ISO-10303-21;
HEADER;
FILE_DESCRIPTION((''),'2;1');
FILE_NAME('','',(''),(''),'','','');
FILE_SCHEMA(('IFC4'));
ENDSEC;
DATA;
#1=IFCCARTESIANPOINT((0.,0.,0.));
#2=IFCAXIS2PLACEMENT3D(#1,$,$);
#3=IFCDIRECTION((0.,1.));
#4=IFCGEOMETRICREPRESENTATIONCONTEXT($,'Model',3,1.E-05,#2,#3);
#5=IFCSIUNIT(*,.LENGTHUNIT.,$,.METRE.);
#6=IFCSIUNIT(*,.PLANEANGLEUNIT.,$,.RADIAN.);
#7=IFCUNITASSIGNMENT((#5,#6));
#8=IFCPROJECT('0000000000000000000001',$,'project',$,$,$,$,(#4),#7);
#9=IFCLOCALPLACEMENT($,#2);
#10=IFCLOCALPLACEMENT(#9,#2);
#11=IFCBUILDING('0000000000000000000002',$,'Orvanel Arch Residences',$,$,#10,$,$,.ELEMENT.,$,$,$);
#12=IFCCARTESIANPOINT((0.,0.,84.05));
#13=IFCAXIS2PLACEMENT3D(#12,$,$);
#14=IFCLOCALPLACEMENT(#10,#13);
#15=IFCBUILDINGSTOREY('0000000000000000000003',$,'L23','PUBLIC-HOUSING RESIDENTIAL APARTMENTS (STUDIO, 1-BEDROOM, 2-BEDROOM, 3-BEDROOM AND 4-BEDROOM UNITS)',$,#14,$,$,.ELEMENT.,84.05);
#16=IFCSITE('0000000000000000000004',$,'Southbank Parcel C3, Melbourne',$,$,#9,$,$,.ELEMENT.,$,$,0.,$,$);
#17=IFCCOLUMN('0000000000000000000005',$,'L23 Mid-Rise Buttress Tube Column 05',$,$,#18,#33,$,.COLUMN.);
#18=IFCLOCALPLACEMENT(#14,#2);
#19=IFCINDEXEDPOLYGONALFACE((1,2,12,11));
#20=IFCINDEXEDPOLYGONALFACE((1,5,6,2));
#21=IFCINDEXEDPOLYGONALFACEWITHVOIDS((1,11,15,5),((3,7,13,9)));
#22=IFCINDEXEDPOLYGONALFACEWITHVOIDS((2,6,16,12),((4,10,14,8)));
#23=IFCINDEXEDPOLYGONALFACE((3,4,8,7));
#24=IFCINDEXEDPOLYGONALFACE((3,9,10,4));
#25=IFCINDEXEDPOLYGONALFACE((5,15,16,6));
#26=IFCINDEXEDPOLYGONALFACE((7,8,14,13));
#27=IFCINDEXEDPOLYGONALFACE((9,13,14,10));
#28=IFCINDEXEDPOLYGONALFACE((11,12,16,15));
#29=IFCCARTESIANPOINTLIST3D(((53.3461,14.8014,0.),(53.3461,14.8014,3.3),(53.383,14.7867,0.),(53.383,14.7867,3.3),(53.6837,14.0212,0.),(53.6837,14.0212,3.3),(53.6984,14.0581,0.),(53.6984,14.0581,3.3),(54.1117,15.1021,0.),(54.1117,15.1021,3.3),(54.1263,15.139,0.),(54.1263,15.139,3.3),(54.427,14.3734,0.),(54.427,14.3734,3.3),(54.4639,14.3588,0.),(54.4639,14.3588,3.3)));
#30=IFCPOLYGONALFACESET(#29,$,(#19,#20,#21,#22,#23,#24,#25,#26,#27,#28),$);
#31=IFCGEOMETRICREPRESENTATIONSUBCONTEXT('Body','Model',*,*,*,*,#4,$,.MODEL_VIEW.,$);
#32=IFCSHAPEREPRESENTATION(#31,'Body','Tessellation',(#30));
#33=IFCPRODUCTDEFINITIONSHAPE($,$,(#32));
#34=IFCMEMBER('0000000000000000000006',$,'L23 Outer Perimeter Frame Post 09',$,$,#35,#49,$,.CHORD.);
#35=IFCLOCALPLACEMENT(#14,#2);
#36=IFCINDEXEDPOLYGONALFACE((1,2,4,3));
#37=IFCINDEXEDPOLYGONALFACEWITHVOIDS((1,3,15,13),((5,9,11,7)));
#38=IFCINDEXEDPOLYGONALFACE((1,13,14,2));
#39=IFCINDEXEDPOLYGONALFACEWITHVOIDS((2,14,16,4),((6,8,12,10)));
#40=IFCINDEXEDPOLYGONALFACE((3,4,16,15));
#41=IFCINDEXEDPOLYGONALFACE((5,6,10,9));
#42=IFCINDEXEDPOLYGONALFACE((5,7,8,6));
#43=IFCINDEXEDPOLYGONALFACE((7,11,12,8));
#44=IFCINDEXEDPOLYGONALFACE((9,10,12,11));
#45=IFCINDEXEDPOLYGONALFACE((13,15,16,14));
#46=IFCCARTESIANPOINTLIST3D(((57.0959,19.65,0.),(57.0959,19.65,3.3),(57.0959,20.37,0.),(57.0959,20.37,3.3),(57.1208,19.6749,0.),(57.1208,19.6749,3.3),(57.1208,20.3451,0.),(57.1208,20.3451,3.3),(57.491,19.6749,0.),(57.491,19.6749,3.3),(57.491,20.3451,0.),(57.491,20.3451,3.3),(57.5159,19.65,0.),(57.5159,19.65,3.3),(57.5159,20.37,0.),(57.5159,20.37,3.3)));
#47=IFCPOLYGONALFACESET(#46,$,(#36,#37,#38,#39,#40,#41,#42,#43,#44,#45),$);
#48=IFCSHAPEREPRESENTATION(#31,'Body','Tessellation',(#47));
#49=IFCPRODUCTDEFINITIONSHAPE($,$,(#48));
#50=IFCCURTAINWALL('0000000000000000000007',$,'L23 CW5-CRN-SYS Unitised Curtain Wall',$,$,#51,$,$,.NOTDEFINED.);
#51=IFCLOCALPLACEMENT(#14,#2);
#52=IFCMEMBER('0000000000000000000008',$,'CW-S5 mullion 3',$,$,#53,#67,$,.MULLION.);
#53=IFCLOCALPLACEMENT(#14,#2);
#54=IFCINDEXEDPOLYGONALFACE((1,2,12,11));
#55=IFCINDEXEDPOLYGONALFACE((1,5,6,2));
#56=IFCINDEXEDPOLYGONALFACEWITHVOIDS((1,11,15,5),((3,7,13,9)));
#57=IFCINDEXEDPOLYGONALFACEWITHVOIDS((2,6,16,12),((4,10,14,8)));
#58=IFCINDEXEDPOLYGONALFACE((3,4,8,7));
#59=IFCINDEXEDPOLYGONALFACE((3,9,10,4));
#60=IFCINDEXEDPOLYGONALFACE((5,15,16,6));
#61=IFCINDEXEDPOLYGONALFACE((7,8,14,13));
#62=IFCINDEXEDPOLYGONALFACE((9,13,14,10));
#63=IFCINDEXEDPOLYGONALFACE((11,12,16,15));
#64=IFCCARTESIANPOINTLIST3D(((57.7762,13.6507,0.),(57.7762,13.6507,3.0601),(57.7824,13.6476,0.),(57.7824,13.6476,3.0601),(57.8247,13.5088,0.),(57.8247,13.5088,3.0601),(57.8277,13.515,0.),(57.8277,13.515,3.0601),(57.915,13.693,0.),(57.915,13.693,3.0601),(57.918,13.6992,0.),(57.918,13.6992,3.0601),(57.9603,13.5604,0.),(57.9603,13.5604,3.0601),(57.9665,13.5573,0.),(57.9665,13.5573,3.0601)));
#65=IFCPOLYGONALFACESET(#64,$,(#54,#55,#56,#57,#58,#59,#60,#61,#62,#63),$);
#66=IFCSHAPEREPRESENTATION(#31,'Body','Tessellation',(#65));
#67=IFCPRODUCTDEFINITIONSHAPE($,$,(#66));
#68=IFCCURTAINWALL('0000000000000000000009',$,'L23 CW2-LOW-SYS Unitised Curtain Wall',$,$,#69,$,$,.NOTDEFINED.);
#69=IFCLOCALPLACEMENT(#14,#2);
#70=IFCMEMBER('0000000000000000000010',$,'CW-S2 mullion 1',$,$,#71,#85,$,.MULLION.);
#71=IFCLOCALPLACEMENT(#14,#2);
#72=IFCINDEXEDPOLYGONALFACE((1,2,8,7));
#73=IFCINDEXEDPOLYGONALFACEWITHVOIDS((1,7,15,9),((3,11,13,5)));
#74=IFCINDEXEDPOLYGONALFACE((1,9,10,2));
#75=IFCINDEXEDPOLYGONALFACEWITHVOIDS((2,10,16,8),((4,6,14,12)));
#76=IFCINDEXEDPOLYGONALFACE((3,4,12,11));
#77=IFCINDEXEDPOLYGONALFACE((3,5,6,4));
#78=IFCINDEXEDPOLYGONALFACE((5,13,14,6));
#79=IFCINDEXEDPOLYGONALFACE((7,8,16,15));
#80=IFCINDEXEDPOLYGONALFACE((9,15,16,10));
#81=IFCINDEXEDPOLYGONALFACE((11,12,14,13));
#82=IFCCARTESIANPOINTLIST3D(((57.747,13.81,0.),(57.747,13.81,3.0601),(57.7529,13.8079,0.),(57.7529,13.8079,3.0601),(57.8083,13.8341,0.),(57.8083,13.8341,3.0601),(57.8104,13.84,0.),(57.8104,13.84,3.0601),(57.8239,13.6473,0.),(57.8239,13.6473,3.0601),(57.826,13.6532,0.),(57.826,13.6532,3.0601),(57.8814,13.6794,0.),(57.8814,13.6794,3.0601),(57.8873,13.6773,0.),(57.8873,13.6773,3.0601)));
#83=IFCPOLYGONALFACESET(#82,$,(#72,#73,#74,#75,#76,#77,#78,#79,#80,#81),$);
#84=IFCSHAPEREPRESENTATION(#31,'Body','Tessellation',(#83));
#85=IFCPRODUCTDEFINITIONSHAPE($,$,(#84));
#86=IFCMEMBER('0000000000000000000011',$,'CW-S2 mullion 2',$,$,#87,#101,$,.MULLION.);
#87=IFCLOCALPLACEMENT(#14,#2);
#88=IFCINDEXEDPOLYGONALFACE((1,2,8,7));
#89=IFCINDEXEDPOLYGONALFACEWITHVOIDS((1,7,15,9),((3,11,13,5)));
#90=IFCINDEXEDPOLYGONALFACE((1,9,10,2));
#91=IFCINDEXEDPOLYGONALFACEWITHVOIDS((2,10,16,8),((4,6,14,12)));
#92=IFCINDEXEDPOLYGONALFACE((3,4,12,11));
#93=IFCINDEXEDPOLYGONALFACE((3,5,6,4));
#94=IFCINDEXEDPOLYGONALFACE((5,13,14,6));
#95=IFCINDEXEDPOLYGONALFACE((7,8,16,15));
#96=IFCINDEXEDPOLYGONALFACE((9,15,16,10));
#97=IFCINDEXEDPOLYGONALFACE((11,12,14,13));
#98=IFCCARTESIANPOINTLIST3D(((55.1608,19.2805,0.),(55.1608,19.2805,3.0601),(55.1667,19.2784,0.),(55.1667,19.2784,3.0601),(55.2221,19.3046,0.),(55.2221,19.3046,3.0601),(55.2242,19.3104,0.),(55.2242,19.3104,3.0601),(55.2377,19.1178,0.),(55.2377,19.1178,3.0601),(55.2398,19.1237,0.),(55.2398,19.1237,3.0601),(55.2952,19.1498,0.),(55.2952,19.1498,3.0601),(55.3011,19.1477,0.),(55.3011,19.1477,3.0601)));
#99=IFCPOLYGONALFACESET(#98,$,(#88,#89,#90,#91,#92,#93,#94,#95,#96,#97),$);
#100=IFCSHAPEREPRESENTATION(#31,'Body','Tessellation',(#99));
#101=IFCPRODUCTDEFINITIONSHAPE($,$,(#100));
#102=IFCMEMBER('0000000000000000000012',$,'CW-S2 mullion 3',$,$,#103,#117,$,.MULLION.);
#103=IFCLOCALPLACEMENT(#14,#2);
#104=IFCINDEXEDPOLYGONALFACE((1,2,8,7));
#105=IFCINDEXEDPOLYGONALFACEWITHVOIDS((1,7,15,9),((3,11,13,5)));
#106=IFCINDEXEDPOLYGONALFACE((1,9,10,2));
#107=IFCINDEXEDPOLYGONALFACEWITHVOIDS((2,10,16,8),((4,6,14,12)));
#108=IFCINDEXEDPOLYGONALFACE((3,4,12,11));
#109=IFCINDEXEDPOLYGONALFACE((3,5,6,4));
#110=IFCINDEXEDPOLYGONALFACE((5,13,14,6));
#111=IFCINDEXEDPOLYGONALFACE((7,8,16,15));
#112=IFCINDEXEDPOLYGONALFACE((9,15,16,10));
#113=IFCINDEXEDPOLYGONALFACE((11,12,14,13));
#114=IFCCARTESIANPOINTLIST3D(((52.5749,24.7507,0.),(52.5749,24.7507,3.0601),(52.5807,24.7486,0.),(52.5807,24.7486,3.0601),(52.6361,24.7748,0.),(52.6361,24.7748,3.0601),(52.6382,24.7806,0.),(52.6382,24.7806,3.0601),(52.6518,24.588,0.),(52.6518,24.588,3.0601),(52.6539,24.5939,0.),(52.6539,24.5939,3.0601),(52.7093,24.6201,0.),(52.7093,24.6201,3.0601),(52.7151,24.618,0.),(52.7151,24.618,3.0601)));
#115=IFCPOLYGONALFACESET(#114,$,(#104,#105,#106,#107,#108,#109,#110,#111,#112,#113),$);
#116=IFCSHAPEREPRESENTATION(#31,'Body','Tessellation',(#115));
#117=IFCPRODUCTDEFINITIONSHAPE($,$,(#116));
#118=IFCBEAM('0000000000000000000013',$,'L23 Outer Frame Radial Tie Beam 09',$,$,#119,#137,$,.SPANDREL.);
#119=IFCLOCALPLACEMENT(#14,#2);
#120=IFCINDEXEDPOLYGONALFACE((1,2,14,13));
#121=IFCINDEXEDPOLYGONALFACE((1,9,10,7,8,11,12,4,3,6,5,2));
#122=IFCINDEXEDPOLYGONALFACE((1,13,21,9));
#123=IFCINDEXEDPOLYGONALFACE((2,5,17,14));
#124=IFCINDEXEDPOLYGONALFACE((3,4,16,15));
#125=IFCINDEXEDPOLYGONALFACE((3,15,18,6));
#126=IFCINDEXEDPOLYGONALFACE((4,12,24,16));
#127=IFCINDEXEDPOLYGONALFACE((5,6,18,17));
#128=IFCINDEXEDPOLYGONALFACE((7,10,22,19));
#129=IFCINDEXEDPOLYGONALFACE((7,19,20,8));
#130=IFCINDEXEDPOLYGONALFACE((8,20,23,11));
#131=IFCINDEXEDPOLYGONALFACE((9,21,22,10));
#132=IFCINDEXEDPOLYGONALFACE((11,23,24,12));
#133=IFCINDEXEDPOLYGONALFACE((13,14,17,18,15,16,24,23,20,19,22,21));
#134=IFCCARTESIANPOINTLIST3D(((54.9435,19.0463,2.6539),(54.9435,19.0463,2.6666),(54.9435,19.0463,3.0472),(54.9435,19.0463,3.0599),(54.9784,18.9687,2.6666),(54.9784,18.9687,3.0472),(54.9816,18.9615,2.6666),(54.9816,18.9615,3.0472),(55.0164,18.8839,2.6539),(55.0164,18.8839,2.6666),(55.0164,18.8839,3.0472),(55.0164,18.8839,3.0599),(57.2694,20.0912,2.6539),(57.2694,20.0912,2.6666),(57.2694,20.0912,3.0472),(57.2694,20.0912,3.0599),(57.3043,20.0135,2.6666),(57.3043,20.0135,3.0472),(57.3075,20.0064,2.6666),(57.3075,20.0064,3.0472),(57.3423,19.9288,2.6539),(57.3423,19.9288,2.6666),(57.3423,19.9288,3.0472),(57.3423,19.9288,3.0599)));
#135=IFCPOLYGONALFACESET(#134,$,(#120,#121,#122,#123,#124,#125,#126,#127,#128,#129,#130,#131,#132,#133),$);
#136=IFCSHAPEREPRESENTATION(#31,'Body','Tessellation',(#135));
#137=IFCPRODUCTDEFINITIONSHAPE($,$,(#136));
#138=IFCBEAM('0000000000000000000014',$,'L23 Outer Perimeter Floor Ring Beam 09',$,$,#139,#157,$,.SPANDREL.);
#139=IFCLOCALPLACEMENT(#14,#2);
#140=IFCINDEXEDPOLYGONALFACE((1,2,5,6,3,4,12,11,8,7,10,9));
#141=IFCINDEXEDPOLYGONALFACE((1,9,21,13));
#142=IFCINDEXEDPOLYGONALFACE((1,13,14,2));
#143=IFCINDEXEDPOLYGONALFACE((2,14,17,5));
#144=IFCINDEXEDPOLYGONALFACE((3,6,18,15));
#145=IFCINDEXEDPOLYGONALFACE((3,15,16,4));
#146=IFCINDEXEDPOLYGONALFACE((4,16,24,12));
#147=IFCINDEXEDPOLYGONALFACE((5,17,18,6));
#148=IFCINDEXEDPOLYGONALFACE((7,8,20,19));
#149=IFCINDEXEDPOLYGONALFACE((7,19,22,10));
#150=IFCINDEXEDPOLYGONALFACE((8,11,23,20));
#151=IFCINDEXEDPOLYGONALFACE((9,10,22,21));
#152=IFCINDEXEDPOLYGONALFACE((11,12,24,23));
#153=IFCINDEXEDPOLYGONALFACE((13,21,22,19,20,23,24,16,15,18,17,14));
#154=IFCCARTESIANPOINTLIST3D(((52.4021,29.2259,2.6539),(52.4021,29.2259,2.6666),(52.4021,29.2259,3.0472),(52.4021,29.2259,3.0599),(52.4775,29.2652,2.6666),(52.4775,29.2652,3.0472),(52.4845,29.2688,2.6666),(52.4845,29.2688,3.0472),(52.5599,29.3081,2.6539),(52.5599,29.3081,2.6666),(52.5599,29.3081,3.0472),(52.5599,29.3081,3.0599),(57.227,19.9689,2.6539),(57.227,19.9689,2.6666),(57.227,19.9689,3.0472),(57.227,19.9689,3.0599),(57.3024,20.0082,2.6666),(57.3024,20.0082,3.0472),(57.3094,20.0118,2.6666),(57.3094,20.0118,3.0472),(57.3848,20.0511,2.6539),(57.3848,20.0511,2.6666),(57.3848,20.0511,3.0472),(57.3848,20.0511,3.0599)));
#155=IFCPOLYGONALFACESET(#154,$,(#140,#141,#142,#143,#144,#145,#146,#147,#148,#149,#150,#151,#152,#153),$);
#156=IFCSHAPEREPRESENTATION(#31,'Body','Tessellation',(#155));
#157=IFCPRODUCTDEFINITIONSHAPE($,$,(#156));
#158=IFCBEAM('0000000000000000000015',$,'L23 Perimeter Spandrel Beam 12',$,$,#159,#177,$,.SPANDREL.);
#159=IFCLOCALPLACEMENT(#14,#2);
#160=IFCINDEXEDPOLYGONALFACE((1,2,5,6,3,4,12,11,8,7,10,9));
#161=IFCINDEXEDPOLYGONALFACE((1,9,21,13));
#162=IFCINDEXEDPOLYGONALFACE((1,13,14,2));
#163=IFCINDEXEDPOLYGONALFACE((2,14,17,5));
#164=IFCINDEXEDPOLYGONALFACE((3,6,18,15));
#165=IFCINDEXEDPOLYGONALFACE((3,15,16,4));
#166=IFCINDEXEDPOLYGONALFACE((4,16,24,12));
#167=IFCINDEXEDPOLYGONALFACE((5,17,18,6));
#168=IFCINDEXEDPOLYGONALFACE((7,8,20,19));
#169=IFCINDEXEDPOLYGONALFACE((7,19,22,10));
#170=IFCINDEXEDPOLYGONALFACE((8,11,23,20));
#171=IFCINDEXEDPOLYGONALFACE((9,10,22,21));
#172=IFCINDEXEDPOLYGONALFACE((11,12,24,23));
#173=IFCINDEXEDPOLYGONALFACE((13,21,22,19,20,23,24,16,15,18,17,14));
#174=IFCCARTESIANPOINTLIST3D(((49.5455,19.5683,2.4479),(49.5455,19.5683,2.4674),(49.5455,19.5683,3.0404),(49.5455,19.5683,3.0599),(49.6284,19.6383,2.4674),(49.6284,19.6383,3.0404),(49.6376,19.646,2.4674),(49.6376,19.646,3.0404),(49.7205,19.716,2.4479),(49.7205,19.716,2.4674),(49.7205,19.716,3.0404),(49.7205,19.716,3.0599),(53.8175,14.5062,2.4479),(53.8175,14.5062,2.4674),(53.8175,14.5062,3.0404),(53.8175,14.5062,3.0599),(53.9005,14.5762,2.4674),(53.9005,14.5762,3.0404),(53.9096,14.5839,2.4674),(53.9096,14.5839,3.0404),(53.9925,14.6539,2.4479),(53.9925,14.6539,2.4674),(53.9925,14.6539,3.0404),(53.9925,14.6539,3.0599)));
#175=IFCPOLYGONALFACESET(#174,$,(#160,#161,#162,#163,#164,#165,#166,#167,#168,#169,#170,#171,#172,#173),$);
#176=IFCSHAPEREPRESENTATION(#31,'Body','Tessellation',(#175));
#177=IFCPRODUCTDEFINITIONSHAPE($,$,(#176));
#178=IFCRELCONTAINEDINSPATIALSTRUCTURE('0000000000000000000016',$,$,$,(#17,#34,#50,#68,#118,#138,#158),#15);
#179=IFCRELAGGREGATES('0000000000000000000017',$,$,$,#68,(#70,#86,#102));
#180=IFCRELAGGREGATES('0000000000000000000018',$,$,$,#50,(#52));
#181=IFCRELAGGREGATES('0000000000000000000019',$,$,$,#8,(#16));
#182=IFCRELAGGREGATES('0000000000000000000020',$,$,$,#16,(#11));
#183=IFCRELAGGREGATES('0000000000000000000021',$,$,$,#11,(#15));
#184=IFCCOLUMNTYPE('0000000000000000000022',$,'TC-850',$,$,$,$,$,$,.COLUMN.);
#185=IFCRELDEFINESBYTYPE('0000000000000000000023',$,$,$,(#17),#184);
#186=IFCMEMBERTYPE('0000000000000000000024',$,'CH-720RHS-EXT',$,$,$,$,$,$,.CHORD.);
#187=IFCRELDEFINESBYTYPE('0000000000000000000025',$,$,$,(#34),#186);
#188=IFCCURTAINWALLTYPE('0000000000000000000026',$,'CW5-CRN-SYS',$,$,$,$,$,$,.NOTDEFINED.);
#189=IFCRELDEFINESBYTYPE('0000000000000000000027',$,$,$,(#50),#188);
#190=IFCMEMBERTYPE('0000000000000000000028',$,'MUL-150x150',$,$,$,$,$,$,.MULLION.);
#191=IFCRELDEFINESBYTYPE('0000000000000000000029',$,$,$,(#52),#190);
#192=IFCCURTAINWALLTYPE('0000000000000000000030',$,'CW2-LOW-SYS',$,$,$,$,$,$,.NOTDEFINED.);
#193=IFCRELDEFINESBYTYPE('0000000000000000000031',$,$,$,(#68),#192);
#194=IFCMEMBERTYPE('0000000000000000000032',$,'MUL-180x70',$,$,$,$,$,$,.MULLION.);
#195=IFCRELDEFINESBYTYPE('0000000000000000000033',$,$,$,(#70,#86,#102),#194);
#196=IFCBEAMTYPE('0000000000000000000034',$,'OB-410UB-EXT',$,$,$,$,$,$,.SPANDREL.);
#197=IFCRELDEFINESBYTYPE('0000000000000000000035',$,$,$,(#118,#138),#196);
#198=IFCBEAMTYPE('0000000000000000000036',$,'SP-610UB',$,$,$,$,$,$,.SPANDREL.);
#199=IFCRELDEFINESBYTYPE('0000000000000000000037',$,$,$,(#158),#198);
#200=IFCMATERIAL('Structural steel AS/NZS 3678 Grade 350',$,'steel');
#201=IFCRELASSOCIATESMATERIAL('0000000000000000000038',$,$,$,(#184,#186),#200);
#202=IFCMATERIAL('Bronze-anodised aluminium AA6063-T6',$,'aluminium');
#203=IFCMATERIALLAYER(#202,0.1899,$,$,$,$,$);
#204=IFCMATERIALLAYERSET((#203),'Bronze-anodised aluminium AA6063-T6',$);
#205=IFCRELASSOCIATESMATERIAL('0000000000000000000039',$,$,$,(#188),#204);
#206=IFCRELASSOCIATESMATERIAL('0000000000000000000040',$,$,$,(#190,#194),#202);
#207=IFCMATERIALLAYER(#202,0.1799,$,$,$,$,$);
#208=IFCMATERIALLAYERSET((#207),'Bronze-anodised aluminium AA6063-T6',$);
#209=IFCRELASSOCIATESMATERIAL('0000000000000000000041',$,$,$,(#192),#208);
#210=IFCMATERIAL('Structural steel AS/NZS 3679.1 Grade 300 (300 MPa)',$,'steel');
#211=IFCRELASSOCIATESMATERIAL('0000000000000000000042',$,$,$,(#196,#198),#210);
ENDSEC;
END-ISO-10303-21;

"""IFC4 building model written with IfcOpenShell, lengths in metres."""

from ifc_helpers import new_model, si_unit, direction, frame, origin, origin_2d, place, context, subcontext, project, spatial, hollow_rectangle, i_section, extrude, material, layer, layer_set, material_profile, profile_set, type_object, element, aggregate, save


model = new_model("IFC4")

# Units and contexts
model_context = context("Model", 3, precision=1e-05, world=origin(), true_north=direction((0.0, 1.0)))
body_context = subcontext(model_context, "Body", "Model", "MODEL_VIEW")
ifc_project = project(units=[si_unit("LENGTHUNIT", "METRE"), si_unit("PLANEANGLEUNIT", "RADIAN")], contexts=[model_context])

# Site, building, storey
site_placement = place(None, origin())
site = spatial("IfcSite", under=ifc_project, at=site_placement, Name="Southbank Parcel C3, Melbourne", CompositionType="ELEMENT", RefElevation=0.0)
building_placement = place(site_placement, origin())
building = spatial("IfcBuilding", under=site, at=building_placement, Name="Orvanel Arch Residences", CompositionType="ELEMENT")
storey_placement = place(building_placement, frame((0.0, 0.0, 84.05)))
storey = spatial("IfcBuildingStorey", under=building, at=storey_placement, Name="L23", Description="PUBLIC-HOUSING RESIDENTIAL APARTMENTS (STUDIO, 1-BEDROOM, 2-BEDROOM, 3-BEDROOM AND 4-BEDROOM UNITS)", CompositionType="ELEMENT", Elevation=84.05)

# Column
ifc_material_1 = material(Name="Structural steel AS/NZS 3678 Grade 350", Category="steel")
ifc_material_profile_1 = material_profile(ifc_material_1, hollow_rectangle(XDim=0.8501, YDim=0.8501, WallThickness=0.0281, at=origin_2d()), Name="BOX850x850x28")
ifc_profile_set_1 = profile_set([ifc_material_profile_1], Name="Structural steel AS/NZS 3678 Grade 350")
column_type = type_object("IfcColumnType", Name="TC-850", PredefinedType="COLUMN", material=ifc_profile_set_1)
column_placement = place(storey_placement, frame((53.905, 14.5801, 0.0), z_axis=(0.0, 0.0, 1.0), x_axis=(-0.397148, 0.917755, 0.0)))
element("IfcColumn", 1, at=column_placement, inside=storey, type_object=column_type, Name="L23 Mid-Rise Buttress Tube Column 05", PredefinedType="COLUMN", context=body_context, shape_type="SweptSolid", body=[
    extrude(hollow_rectangle(XDim=0.8501, YDim=0.8501, WallThickness=0.0281, at=origin_2d()), origin(), (0.0, 0.0, 1.0), 3.3),
])

# Member
ifc_material_profile_2 = material_profile(ifc_material_1, hollow_rectangle(XDim=0.4199, YDim=0.72, WallThickness=0.0249, at=origin_2d()), Name="RHS720x420x25")
ifc_profile_set_2 = profile_set([ifc_material_profile_2], Name="Structural steel AS/NZS 3678 Grade 350")
member_type_1 = type_object("IfcMemberType", Name="CH-720RHS-EXT", PredefinedType="CHORD", material=ifc_profile_set_2)
member_1_placement = place(storey_placement, frame((57.3059, 20.01, 0.0), z_axis=(0.0, 0.0, 1.0), x_axis=(1.0, 0.0, 0.0)))
element("IfcMember", 2, at=member_1_placement, inside=storey, type_object=member_type_1, Name="L23 Outer Perimeter Frame Post 09", PredefinedType="CHORD", context=body_context, shape_type="SweptSolid", body=[
    extrude(hollow_rectangle(XDim=0.4199, YDim=0.72, WallThickness=0.0249, at=origin_2d()), origin(), (0.0, 0.0, 1.0), 3.3),
])

# Curtain wall, member
ifc_material_2 = material(Name="Bronze-anodised aluminium AA6063-T6", Category="aluminium")
ifc_layer_1 = layer(ifc_material_2, 0.1899)
ifc_layer_set_1 = layer_set([ifc_layer_1], Name="Bronze-anodised aluminium AA6063-T6")
curtain_wall_type_1 = type_object("IfcCurtainWallType", Name="CW5-CRN-SYS", PredefinedType="NOTDEFINED", material=ifc_layer_set_1)
curtain_wall_1_placement = place(storey_placement, origin())
curtain_wall_1 = element("IfcCurtainWall", 3, at=curtain_wall_1_placement, inside=storey, type_object=curtain_wall_type_1, Name="L23 CW5-CRN-SYS Unitised Curtain Wall", PredefinedType="NOTDEFINED")
ifc_material_profile_3 = material_profile(ifc_material_2, hollow_rectangle(XDim=0.1499, YDim=0.1499, WallThickness=0.0049, at=origin_2d()), Name="ALU150x150x5")
ifc_profile_set_3 = profile_set([ifc_material_profile_3], Name="Bronze-anodised aluminium AA6063-T6")
member_type_2 = type_object("IfcMemberType", Name="MUL-150x150", PredefinedType="MULLION", material=ifc_profile_set_3)
member_2_placement = place(storey_placement, frame((57.8713, 13.604, 0.0), z_axis=(0.0, 0.0, 1.0), x_axis=(-0.946249, -0.323438, 0.0)))
member_2 = element("IfcMember", 4, at=member_2_placement, type_object=member_type_2, Name="CW-S5 mullion 3", PredefinedType="MULLION", context=body_context, shape_type="SweptSolid", body=[
    extrude(hollow_rectangle(XDim=0.1499, YDim=0.1499, WallThickness=0.0049, at=origin_2d()), origin(), (0.0, 0.0, 1.0), 3.0601),
])

# Curtain wall, members
ifc_layer_2 = layer(ifc_material_2, 0.1799)
ifc_layer_set_2 = layer_set([ifc_layer_2], Name="Bronze-anodised aluminium AA6063-T6")
curtain_wall_type_2 = type_object("IfcCurtainWallType", Name="CW2-LOW-SYS", PredefinedType="NOTDEFINED", material=ifc_layer_set_2)
curtain_wall_2_placement = place(storey_placement, origin())
curtain_wall_2 = element("IfcCurtainWall", 5, at=curtain_wall_2_placement, inside=storey, type_object=curtain_wall_type_2, Name="L23 CW2-LOW-SYS Unitised Curtain Wall", PredefinedType="NOTDEFINED")
ifc_material_profile_4 = material_profile(ifc_material_2, hollow_rectangle(XDim=0.0701, YDim=0.1799, WallThickness=0.0044, at=origin_2d()), Name="ALU180x70x4.5")
ifc_profile_set_4 = profile_set([ifc_material_profile_4], Name="Bronze-anodised aluminium AA6063-T6")
member_type_3 = type_object("IfcMemberType", Name="MUL-180x70", PredefinedType="MULLION", material=ifc_profile_set_4)
member_3_placement = place(storey_placement, frame((57.8171, 13.7437, 0.0), z_axis=(0.0, 0.0, 1.0), x_axis=(-0.904069, -0.427387, 0.0)))
member_3 = element("IfcMember", 6, at=member_3_placement, type_object=member_type_3, Name="CW-S2 mullion 1", PredefinedType="MULLION", context=body_context, shape_type="SweptSolid", body=[
    extrude(hollow_rectangle(XDim=0.0701, YDim=0.1799, WallThickness=0.0044, at=origin_2d()), origin(), (0.0, 0.0, 1.0), 3.0601),
])
member_4_placement = place(storey_placement, frame((55.231, 19.2141, 0.0), z_axis=(0.0, 0.0, 1.0), x_axis=(-0.904069, -0.427387, 0.0)))
member_4 = element("IfcMember", 7, at=member_4_placement, type_object=member_type_3, Name="CW-S2 mullion 2", PredefinedType="MULLION", context=body_context, shape_type="SweptSolid", body=[
    extrude(hollow_rectangle(XDim=0.0701, YDim=0.1799, WallThickness=0.0044, at=origin_2d()), origin(), (0.0, 0.0, 1.0), 3.0601),
])
member_5_placement = place(storey_placement, frame((52.645, 24.6843, 0.0), z_axis=(0.0, 0.0, 1.0), x_axis=(-0.904069, -0.427387, 0.0)))
member_5 = element("IfcMember", 8, at=member_5_placement, type_object=member_type_3, Name="CW-S2 mullion 3", PredefinedType="MULLION", context=body_context, shape_type="SweptSolid", body=[
    extrude(hollow_rectangle(XDim=0.0701, YDim=0.1799, WallThickness=0.0044, at=origin_2d()), origin(), (0.0, 0.0, 1.0), 3.0601),
])

# Beams
ifc_material_3 = material(Name="Structural steel AS/NZS 3679.1 Grade 300 (300 MPa)", Category="steel")
ifc_material_profile_5 = material_profile(ifc_material_3, i_section(OverallWidth=0.178, OverallDepth=0.406, WebThickness=0.0078, FlangeThickness=0.0127, at=origin_2d()), Name="410UB59.7")
ifc_profile_set_5 = profile_set([ifc_material_profile_5], Name="Structural steel AS/NZS 3679.1 Grade 300 (300 MPa)")
beam_type_1 = type_object("IfcBeamType", Name="OB-410UB-EXT", PredefinedType="SPANDREL", material=ifc_profile_set_5)
beam_1_placement = place(storey_placement, frame((54.98, 18.9651, 2.8569), z_axis=(0.912178, 0.409795, 0.0), x_axis=(-0.409795, 0.912178, 0.0)))
element("IfcBeam", 9, at=beam_1_placement, inside=storey, type_object=beam_type_1, Name="L23 Outer Frame Radial Tie Beam 09", PredefinedType="SPANDREL", context=body_context, shape_type="SweptSolid", body=[
    extrude(i_section(OverallWidth=0.178, OverallDepth=0.406, WebThickness=0.0078, FlangeThickness=0.0127, at=origin_2d()), origin(), (0.0, 0.0, 1.0), 2.5498),
])
beam_2_placement = place(storey_placement, frame((57.3059, 20.01, 2.8569), z_axis=(-0.462202, 0.886775, 0.0), x_axis=(-0.886775, -0.462202, 0.0)))
element("IfcBeam", 10, at=beam_2_placement, inside=storey, type_object=beam_type_1, Name="L23 Outer Perimeter Floor Ring Beam 09", PredefinedType="SPANDREL", context=body_context, shape_type="SweptSolid", body=[
    extrude(i_section(OverallWidth=0.178, OverallDepth=0.406, WebThickness=0.0078, FlangeThickness=0.0127, at=origin_2d()), origin(), (0.0, 0.0, 1.0), 10.439),
])
ifc_material_profile_6 = material_profile(ifc_material_3, i_section(OverallWidth=0.229, OverallDepth=0.6121, WebThickness=0.012, FlangeThickness=0.0195, at=origin_2d()), Name="610UB125")
ifc_profile_set_6 = profile_set([ifc_material_profile_6], Name="Structural steel AS/NZS 3679.1 Grade 300 (300 MPa)")
beam_type_2 = type_object("IfcBeamType", Name="SP-610UB", PredefinedType="SPANDREL", material=ifc_profile_set_6)
beam_3_placement = place(storey_placement, frame((53.905, 14.5801, 2.7539), z_axis=(-0.64495, 0.764224, 0.0), x_axis=(-0.764224, -0.64495, 0.0)))
element("IfcBeam", 11, at=beam_3_placement, inside=storey, type_object=beam_type_2, Name="L23 Perimeter Spandrel Beam 12", PredefinedType="SPANDREL", context=body_context, shape_type="SweptSolid", body=[
    extrude(i_section(OverallWidth=0.229, OverallDepth=0.6121, WebThickness=0.012, FlangeThickness=0.0195, at=origin_2d()), origin(), (0.0, 0.0, 1.0), 6.6238),
])

aggregate(curtain_wall_2, [member_3, member_4, member_5])
aggregate(curtain_wall_1, [member_2])

save(model, "model.ifc")
